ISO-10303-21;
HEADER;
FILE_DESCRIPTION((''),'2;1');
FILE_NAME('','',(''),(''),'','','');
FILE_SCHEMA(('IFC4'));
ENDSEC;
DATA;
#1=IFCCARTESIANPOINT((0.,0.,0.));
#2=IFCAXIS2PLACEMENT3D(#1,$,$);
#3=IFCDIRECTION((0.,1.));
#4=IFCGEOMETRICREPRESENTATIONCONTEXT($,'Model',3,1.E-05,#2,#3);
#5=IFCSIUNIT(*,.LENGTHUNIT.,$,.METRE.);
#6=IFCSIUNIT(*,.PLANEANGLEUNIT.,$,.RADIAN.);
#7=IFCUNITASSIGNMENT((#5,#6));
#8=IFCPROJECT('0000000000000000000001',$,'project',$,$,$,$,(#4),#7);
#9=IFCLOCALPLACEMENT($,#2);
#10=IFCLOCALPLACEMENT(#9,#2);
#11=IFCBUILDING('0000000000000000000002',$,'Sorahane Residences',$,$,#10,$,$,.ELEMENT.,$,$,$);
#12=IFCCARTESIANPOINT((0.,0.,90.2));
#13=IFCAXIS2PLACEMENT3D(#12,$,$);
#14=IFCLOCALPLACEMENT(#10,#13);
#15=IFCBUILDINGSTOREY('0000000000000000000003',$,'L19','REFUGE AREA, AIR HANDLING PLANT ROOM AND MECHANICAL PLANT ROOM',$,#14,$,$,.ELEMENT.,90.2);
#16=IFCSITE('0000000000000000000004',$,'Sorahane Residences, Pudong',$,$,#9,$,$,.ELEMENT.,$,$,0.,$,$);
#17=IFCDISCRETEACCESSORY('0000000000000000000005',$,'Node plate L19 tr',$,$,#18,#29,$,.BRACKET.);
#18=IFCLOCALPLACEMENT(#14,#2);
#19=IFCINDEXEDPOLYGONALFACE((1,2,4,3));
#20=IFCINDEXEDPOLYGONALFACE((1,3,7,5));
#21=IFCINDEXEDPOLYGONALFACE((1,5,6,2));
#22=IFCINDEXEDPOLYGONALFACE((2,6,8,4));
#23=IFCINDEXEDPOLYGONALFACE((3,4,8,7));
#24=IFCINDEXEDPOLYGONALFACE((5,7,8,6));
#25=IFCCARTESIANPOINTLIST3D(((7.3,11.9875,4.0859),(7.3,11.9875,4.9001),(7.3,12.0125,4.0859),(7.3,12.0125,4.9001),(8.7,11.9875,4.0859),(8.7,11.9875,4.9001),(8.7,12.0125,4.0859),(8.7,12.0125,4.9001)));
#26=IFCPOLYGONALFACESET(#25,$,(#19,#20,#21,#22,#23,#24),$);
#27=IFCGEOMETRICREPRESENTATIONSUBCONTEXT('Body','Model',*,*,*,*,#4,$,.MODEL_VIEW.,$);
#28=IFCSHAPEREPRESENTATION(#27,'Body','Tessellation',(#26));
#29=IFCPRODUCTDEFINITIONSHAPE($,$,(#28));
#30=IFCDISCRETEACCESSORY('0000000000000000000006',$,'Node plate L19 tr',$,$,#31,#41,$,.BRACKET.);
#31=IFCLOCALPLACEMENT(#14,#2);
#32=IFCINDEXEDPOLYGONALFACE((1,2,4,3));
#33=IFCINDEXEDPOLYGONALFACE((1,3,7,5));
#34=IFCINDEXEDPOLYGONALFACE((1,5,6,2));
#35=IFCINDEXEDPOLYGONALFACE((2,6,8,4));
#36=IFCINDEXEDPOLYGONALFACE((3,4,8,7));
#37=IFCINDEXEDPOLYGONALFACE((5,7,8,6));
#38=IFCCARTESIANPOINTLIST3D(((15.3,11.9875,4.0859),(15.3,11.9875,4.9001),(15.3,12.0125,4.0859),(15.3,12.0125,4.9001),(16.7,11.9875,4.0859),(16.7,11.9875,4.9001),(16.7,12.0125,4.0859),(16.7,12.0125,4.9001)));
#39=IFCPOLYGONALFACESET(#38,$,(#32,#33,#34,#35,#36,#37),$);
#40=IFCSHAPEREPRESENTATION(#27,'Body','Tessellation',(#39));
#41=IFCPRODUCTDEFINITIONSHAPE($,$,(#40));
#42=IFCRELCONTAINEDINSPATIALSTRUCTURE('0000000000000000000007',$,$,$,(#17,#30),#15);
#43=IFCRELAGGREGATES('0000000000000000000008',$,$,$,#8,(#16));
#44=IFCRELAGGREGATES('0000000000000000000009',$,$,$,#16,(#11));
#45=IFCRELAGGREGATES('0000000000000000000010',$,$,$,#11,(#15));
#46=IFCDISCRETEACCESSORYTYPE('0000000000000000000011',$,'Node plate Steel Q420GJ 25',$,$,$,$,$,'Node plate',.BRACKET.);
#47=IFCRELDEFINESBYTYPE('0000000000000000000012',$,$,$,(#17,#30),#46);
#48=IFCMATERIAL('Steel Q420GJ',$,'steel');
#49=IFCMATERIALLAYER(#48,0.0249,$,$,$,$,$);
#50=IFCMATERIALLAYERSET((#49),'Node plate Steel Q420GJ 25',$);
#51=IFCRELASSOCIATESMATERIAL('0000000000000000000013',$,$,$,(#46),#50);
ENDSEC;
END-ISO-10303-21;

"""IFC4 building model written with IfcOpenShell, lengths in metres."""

from ifc_helpers import new_model, si_unit, direction, frame, origin, origin_2d, place, context, subcontext, project, spatial, rectangle, extrude, material, layer, layer_set, type_object, element, save


model = new_model("IFC4")

# Units and contexts
model_context = context("Model", 3, precision=1e-05, world=origin(), true_north=direction((0.0, 1.0)))
body_context = subcontext(model_context, "Body", "Model", "MODEL_VIEW")
ifc_project = project(units=[si_unit("LENGTHUNIT", "METRE"), si_unit("PLANEANGLEUNIT", "RADIAN")], contexts=[model_context])

# Site, building, storey
site_placement = place(None, origin())
site = spatial("IfcSite", under=ifc_project, at=site_placement, Name="Sorahane Residences, Pudong", CompositionType="ELEMENT", RefElevation=0.0)
building_placement = place(site_placement, origin())
building = spatial("IfcBuilding", under=site, at=building_placement, Name="Sorahane Residences", CompositionType="ELEMENT")
storey_placement = place(building_placement, frame((0.0, 0.0, 90.2)))
storey = spatial("IfcBuildingStorey", under=building, at=storey_placement, Name="L19", Description="REFUGE AREA, AIR HANDLING PLANT ROOM AND MECHANICAL PLANT ROOM", CompositionType="ELEMENT", Elevation=90.2)

# Discrete accessories
ifc_material_1 = material(Name="Steel Q420GJ", Category="steel")
ifc_layer_1 = layer(ifc_material_1, 0.0249)
ifc_layer_set_1 = layer_set([ifc_layer_1], Name="Node plate Steel Q420GJ 25")
discrete_accessory_type_1 = type_object("IfcDiscreteAccessoryType", Name="Node plate Steel Q420GJ 25", ElementType="Node plate", PredefinedType="BRACKET", material=ifc_layer_set_1)
for number, where, z_axis, x_axis, name in (
    (1, (8.0, 12.0, 4.0859), (0.0, 0.0, 1.0), (1.0, 0.0, 0.0), "Node plate L19 tr"),
    (2, (16.0, 12.0, 4.0859), (0.0, 0.0, 1.0), (1.0, 0.0, 0.0), "Node plate L19 tr"),
):
    element("IfcDiscreteAccessory", number, at=place(storey_placement, frame(where, z_axis=z_axis, x_axis=x_axis)), inside=storey, type_object=discrete_accessory_type_1, Name=name, PredefinedType="BRACKET", context=body_context, shape_type="SweptSolid", body=[
        extrude(rectangle(XDim=1.3999, YDim=0.0249, at=origin_2d()), origin(), (0.0, 0.0, 1.0), 0.8142),
    ])

save(model, "model.ifc")
